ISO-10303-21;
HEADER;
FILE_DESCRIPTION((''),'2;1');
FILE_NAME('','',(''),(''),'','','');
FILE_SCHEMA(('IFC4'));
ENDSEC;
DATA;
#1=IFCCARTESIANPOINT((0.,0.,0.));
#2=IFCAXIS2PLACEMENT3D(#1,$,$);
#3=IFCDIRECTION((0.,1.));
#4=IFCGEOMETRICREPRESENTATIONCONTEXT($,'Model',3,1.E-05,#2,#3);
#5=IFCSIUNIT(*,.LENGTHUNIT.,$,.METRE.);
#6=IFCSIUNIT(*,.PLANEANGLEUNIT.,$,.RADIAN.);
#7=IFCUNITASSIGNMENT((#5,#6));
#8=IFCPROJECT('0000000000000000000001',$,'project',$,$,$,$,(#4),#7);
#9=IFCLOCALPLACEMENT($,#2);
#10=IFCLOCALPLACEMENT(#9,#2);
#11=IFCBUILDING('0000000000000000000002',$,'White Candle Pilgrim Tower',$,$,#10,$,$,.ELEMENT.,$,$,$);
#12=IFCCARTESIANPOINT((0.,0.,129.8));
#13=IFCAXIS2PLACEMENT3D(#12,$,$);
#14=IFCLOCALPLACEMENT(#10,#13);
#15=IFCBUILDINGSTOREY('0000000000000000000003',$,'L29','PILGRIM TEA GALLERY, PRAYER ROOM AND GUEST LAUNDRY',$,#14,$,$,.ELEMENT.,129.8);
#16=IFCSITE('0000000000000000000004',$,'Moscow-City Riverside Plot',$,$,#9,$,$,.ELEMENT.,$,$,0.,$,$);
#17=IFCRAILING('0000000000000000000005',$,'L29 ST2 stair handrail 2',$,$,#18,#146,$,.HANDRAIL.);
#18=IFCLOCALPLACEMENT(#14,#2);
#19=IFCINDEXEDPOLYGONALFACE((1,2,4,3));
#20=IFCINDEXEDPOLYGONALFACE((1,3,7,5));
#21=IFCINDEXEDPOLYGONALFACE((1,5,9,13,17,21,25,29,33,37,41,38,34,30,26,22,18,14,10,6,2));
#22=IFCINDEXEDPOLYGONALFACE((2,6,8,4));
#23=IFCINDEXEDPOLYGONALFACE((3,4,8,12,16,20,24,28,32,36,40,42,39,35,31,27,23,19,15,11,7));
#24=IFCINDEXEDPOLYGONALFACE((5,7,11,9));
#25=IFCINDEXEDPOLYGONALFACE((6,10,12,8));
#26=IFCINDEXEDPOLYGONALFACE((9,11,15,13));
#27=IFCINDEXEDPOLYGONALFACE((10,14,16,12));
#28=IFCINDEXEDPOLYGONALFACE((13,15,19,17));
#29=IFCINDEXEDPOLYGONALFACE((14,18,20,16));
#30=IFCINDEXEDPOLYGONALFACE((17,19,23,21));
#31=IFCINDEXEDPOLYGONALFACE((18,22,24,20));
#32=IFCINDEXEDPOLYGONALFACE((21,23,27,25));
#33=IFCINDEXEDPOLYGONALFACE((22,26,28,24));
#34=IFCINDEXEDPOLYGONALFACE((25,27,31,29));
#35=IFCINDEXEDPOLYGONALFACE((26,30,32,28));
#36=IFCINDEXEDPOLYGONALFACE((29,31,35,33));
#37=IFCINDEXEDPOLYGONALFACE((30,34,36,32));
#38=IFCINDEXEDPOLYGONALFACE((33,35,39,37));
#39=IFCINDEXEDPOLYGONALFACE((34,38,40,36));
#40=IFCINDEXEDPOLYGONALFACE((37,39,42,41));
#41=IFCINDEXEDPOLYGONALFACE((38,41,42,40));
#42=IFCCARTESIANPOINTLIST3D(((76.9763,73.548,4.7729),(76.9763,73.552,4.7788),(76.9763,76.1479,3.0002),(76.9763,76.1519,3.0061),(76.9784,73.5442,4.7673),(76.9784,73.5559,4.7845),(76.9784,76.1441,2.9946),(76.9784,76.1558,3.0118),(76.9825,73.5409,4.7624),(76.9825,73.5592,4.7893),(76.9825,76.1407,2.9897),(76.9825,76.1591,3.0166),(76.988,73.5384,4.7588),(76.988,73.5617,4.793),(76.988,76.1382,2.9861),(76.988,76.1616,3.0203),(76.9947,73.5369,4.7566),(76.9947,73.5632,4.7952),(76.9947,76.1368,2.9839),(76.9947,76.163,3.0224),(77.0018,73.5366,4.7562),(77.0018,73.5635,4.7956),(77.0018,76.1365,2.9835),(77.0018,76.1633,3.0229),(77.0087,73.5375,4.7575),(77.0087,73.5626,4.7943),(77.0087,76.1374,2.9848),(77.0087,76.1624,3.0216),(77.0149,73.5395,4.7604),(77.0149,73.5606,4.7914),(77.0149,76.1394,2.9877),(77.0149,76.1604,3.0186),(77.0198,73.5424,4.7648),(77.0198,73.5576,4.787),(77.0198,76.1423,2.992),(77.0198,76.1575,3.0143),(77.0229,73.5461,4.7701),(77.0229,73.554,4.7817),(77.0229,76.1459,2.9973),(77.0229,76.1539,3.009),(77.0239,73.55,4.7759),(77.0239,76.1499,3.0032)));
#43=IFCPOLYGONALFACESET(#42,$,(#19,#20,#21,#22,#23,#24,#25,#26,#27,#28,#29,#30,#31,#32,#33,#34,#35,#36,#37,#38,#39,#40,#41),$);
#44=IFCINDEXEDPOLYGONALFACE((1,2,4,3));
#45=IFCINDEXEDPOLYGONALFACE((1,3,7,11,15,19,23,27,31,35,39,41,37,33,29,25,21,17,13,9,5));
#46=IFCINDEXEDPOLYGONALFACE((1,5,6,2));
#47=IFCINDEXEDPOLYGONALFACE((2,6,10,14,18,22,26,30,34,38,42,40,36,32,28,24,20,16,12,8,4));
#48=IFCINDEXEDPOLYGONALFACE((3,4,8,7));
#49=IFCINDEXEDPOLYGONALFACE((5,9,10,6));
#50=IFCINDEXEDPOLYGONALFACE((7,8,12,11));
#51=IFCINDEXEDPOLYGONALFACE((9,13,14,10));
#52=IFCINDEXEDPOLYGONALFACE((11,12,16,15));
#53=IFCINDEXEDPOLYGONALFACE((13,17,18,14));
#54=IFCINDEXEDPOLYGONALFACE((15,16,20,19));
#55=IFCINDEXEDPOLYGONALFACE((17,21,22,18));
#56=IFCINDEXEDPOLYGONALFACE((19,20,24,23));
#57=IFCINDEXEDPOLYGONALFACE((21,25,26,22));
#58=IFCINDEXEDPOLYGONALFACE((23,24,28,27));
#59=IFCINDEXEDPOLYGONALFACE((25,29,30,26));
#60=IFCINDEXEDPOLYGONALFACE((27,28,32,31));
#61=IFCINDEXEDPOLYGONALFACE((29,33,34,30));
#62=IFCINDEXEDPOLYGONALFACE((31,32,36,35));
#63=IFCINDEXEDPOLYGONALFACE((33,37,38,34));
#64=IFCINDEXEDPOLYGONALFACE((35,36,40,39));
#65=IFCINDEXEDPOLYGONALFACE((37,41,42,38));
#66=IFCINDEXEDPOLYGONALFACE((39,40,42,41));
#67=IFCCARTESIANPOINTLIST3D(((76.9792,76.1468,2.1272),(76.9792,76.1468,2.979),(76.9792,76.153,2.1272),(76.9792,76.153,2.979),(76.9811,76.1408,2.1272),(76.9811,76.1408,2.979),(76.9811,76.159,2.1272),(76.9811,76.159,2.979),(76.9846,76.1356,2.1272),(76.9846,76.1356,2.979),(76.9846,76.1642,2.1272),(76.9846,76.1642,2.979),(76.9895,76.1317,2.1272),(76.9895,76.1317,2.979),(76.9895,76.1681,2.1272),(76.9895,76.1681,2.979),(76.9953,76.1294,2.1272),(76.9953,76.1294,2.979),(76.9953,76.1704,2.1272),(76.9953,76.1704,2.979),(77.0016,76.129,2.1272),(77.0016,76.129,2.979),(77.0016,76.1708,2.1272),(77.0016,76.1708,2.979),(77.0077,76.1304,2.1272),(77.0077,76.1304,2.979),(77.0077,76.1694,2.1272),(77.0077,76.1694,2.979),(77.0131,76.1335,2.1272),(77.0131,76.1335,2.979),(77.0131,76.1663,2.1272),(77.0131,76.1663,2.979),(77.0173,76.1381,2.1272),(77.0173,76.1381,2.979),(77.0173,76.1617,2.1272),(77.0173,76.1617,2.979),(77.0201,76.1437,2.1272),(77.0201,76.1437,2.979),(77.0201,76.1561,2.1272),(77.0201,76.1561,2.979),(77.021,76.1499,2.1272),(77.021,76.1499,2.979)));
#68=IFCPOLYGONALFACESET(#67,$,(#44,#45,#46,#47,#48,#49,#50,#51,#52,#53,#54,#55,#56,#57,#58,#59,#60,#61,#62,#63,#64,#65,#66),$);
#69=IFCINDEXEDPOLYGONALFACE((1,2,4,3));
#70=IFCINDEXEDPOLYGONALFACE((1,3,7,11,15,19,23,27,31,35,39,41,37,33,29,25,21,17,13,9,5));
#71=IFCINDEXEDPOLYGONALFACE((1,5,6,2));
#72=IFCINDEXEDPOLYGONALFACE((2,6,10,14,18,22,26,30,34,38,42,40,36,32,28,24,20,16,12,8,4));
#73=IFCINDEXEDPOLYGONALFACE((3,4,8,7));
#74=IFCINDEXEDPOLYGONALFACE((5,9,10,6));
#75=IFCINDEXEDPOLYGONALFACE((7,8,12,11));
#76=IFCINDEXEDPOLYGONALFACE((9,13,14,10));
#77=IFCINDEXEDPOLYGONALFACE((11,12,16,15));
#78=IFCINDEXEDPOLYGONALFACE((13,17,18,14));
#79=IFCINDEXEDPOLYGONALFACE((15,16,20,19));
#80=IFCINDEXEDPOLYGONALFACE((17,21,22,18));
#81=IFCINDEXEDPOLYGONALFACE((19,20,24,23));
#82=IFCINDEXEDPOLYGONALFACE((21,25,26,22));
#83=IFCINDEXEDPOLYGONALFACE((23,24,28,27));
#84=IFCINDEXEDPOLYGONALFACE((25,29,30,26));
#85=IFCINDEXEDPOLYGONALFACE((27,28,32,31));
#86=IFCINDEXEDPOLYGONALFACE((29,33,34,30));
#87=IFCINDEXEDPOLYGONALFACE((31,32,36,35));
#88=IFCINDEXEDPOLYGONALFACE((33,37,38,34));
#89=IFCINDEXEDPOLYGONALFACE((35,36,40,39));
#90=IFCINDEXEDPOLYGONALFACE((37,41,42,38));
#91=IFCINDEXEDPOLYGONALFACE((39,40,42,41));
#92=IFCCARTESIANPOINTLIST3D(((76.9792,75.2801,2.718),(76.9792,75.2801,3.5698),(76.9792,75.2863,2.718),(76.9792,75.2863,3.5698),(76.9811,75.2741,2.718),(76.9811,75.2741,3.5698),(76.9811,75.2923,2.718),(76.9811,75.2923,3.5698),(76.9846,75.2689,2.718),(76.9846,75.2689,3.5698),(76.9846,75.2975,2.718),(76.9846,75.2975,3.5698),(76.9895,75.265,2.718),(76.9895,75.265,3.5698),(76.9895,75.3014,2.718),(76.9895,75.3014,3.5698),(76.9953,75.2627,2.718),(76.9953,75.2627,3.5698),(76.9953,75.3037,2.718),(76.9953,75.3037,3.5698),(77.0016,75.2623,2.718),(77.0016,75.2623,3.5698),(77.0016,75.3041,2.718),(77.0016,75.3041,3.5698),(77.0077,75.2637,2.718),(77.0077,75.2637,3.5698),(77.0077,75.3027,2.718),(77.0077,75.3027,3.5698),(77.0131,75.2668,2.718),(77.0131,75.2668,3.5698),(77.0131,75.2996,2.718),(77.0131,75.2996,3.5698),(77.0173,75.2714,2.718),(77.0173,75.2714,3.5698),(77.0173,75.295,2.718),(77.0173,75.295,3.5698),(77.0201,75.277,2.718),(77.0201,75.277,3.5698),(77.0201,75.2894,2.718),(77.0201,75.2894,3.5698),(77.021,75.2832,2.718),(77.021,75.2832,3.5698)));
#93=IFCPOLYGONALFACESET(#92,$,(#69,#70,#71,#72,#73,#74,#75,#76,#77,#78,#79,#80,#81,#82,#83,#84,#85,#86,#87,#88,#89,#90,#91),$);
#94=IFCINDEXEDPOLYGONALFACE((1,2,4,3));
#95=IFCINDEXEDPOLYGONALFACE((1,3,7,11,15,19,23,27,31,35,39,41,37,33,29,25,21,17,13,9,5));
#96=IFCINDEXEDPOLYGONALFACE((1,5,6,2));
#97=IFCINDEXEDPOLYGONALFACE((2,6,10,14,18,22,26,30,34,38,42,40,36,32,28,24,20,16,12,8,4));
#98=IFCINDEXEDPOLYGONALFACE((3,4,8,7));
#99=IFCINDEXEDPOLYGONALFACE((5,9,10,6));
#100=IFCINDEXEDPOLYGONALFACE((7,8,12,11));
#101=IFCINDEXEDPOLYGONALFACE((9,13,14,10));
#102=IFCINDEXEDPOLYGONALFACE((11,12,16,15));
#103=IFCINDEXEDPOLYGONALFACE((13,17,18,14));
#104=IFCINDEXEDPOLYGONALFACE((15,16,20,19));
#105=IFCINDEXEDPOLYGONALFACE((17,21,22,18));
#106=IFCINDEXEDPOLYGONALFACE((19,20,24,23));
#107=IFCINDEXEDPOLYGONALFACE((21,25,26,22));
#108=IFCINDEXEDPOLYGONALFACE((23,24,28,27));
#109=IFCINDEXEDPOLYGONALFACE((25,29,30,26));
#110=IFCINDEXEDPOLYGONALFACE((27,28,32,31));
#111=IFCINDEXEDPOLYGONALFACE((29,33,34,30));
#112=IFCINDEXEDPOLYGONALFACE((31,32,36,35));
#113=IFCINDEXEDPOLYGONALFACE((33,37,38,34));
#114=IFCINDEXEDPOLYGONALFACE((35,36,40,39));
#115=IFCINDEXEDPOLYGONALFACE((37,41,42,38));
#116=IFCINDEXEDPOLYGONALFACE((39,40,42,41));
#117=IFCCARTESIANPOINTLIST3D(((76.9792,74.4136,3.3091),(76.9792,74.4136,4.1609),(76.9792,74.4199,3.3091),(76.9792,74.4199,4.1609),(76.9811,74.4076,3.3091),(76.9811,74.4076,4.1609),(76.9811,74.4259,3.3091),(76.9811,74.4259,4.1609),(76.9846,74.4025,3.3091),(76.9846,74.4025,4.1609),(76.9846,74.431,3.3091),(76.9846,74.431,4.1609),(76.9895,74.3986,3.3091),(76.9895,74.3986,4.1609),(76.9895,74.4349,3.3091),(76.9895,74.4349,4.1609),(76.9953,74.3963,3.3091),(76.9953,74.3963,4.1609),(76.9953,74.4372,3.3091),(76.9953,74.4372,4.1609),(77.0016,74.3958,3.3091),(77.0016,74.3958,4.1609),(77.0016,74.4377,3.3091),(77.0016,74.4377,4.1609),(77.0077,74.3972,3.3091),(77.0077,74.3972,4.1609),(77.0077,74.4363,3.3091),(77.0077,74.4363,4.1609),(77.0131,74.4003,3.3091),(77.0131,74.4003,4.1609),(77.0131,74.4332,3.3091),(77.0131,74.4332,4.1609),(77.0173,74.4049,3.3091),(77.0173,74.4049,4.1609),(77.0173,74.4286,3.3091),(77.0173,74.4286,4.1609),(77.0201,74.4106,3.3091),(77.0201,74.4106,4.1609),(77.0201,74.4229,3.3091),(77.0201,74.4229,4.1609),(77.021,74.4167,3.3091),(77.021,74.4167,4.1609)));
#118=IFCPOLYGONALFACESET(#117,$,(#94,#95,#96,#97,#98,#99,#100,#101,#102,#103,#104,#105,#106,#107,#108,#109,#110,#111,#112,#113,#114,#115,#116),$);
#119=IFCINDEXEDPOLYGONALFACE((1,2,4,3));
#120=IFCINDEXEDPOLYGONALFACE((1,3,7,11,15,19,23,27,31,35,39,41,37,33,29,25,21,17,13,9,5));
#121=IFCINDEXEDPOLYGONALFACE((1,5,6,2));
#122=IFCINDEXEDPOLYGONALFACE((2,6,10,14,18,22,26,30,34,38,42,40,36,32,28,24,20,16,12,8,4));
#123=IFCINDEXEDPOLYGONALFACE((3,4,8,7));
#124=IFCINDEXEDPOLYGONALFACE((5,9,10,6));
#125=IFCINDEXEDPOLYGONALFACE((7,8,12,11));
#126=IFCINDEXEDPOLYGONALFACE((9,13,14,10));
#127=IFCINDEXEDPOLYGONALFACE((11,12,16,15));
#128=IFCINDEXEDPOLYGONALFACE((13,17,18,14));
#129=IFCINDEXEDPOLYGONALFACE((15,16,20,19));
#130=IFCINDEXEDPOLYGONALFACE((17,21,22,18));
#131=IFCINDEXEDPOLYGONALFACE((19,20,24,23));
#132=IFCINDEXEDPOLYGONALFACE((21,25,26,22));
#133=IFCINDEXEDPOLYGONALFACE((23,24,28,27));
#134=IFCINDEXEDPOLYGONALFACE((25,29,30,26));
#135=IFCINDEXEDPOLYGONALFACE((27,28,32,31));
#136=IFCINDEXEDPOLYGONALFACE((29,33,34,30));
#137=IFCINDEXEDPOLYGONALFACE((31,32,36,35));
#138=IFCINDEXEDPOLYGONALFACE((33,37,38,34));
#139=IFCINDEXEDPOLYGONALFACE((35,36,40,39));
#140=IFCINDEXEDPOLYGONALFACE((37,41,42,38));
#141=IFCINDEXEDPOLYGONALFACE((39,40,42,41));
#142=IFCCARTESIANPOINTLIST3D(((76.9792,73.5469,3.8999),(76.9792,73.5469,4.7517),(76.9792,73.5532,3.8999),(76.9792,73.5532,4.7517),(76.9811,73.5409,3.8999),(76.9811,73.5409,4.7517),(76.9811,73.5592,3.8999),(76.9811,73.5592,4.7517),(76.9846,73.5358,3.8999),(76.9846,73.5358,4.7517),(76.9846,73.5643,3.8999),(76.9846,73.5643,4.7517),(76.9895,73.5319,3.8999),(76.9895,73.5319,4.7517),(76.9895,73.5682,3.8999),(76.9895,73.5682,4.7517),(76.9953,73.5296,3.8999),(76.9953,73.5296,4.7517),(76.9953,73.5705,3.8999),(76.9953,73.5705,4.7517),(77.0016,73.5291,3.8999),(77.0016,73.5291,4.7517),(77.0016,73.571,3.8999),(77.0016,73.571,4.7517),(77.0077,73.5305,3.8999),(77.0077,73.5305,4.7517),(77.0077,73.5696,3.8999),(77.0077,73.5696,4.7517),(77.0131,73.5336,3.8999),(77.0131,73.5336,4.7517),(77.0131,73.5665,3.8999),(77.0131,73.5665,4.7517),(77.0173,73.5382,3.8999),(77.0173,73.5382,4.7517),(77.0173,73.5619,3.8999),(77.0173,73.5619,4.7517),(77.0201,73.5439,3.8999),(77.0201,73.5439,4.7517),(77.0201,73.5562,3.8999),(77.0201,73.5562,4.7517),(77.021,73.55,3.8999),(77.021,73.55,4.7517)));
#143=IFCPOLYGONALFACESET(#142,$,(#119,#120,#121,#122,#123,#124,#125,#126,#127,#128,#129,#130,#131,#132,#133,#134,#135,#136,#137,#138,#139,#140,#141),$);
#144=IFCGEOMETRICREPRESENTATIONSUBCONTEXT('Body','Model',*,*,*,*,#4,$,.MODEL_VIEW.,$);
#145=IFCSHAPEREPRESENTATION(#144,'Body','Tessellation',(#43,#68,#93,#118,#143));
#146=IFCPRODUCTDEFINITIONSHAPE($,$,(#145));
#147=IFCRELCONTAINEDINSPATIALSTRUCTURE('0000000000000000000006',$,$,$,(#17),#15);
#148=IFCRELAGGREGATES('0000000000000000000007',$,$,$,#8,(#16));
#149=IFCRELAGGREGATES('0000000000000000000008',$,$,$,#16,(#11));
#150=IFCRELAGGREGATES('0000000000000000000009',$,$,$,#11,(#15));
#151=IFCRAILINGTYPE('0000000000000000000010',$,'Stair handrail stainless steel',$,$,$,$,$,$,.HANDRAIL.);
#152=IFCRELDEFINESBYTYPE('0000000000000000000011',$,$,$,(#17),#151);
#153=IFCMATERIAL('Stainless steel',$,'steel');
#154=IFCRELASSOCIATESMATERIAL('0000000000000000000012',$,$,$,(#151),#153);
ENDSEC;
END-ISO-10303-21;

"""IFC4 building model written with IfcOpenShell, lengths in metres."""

from ifc_helpers import new_model, si_unit, direction, frame, origin, origin_2d, place, context, subcontext, project, spatial, circle, extrude, material, type_object, element, save


model = new_model("IFC4")

# Units and contexts
model_context = context("Model", 3, precision=1e-05, world=origin(), true_north=direction((0.0, 1.0)))
body_context = subcontext(model_context, "Body", "Model", "MODEL_VIEW")
ifc_project = project(units=[si_unit("LENGTHUNIT", "METRE"), si_unit("PLANEANGLEUNIT", "RADIAN")], contexts=[model_context])

# Site, building, storey
site_placement = place(None, origin())
site = spatial("IfcSite", under=ifc_project, at=site_placement, Name="Moscow-City Riverside Plot", CompositionType="ELEMENT", RefElevation=0.0)
building_placement = place(site_placement, origin())
building = spatial("IfcBuilding", under=site, at=building_placement, Name="White Candle Pilgrim Tower", CompositionType="ELEMENT")
storey_placement = place(building_placement, frame((0.0, 0.0, 129.8)))
storey = spatial("IfcBuildingStorey", under=building, at=storey_placement, Name="L29", Description="PILGRIM TEA GALLERY, PRAYER ROOM AND GUEST LAUNDRY", CompositionType="ELEMENT", Elevation=129.8)

# Railing
ifc_material_1 = material(Name="Stainless steel", Category="steel")
railing_type_1 = type_object("IfcRailingType", Name="Stair handrail stainless steel", PredefinedType="HANDRAIL", material=ifc_material_1)
railing_1_placement = place(storey_placement, frame((77.0, 76.1499, 2.1272)))
element("IfcRailing", 1, at=railing_1_placement, inside=storey, type_object=railing_type_1, Name="L29 ST2 stair handrail 2", PredefinedType="HANDRAIL", context=body_context, shape_type="SweptSolid", body=[
    extrude(circle(Radius=0.0239, at=origin_2d()), frame((0.0, 0.0, 0.876), z_axis=(0.0, -0.826216, 0.563354), x_axis=(1.0, 0.0, 0.0)), (0.0, 0.0, 1.0), 3.1467),
    extrude(circle(Radius=0.021, at=origin_2d()), origin(), (0.0, 0.0, 1.0), 0.8518),
    extrude(circle(Radius=0.021, at=origin_2d()), frame((0.0, -0.8667, 0.5908)), (0.0, 0.0, 1.0), 0.8518),
    extrude(circle(Radius=0.021, at=origin_2d()), frame((0.0, -1.7332, 1.1819)), (0.0, 0.0, 1.0), 0.8518),
    extrude(circle(Radius=0.021, at=origin_2d()), frame((0.0, -2.5999, 1.7727)), (0.0, 0.0, 1.0), 0.8518),
])

save(model, "model.ifc")
